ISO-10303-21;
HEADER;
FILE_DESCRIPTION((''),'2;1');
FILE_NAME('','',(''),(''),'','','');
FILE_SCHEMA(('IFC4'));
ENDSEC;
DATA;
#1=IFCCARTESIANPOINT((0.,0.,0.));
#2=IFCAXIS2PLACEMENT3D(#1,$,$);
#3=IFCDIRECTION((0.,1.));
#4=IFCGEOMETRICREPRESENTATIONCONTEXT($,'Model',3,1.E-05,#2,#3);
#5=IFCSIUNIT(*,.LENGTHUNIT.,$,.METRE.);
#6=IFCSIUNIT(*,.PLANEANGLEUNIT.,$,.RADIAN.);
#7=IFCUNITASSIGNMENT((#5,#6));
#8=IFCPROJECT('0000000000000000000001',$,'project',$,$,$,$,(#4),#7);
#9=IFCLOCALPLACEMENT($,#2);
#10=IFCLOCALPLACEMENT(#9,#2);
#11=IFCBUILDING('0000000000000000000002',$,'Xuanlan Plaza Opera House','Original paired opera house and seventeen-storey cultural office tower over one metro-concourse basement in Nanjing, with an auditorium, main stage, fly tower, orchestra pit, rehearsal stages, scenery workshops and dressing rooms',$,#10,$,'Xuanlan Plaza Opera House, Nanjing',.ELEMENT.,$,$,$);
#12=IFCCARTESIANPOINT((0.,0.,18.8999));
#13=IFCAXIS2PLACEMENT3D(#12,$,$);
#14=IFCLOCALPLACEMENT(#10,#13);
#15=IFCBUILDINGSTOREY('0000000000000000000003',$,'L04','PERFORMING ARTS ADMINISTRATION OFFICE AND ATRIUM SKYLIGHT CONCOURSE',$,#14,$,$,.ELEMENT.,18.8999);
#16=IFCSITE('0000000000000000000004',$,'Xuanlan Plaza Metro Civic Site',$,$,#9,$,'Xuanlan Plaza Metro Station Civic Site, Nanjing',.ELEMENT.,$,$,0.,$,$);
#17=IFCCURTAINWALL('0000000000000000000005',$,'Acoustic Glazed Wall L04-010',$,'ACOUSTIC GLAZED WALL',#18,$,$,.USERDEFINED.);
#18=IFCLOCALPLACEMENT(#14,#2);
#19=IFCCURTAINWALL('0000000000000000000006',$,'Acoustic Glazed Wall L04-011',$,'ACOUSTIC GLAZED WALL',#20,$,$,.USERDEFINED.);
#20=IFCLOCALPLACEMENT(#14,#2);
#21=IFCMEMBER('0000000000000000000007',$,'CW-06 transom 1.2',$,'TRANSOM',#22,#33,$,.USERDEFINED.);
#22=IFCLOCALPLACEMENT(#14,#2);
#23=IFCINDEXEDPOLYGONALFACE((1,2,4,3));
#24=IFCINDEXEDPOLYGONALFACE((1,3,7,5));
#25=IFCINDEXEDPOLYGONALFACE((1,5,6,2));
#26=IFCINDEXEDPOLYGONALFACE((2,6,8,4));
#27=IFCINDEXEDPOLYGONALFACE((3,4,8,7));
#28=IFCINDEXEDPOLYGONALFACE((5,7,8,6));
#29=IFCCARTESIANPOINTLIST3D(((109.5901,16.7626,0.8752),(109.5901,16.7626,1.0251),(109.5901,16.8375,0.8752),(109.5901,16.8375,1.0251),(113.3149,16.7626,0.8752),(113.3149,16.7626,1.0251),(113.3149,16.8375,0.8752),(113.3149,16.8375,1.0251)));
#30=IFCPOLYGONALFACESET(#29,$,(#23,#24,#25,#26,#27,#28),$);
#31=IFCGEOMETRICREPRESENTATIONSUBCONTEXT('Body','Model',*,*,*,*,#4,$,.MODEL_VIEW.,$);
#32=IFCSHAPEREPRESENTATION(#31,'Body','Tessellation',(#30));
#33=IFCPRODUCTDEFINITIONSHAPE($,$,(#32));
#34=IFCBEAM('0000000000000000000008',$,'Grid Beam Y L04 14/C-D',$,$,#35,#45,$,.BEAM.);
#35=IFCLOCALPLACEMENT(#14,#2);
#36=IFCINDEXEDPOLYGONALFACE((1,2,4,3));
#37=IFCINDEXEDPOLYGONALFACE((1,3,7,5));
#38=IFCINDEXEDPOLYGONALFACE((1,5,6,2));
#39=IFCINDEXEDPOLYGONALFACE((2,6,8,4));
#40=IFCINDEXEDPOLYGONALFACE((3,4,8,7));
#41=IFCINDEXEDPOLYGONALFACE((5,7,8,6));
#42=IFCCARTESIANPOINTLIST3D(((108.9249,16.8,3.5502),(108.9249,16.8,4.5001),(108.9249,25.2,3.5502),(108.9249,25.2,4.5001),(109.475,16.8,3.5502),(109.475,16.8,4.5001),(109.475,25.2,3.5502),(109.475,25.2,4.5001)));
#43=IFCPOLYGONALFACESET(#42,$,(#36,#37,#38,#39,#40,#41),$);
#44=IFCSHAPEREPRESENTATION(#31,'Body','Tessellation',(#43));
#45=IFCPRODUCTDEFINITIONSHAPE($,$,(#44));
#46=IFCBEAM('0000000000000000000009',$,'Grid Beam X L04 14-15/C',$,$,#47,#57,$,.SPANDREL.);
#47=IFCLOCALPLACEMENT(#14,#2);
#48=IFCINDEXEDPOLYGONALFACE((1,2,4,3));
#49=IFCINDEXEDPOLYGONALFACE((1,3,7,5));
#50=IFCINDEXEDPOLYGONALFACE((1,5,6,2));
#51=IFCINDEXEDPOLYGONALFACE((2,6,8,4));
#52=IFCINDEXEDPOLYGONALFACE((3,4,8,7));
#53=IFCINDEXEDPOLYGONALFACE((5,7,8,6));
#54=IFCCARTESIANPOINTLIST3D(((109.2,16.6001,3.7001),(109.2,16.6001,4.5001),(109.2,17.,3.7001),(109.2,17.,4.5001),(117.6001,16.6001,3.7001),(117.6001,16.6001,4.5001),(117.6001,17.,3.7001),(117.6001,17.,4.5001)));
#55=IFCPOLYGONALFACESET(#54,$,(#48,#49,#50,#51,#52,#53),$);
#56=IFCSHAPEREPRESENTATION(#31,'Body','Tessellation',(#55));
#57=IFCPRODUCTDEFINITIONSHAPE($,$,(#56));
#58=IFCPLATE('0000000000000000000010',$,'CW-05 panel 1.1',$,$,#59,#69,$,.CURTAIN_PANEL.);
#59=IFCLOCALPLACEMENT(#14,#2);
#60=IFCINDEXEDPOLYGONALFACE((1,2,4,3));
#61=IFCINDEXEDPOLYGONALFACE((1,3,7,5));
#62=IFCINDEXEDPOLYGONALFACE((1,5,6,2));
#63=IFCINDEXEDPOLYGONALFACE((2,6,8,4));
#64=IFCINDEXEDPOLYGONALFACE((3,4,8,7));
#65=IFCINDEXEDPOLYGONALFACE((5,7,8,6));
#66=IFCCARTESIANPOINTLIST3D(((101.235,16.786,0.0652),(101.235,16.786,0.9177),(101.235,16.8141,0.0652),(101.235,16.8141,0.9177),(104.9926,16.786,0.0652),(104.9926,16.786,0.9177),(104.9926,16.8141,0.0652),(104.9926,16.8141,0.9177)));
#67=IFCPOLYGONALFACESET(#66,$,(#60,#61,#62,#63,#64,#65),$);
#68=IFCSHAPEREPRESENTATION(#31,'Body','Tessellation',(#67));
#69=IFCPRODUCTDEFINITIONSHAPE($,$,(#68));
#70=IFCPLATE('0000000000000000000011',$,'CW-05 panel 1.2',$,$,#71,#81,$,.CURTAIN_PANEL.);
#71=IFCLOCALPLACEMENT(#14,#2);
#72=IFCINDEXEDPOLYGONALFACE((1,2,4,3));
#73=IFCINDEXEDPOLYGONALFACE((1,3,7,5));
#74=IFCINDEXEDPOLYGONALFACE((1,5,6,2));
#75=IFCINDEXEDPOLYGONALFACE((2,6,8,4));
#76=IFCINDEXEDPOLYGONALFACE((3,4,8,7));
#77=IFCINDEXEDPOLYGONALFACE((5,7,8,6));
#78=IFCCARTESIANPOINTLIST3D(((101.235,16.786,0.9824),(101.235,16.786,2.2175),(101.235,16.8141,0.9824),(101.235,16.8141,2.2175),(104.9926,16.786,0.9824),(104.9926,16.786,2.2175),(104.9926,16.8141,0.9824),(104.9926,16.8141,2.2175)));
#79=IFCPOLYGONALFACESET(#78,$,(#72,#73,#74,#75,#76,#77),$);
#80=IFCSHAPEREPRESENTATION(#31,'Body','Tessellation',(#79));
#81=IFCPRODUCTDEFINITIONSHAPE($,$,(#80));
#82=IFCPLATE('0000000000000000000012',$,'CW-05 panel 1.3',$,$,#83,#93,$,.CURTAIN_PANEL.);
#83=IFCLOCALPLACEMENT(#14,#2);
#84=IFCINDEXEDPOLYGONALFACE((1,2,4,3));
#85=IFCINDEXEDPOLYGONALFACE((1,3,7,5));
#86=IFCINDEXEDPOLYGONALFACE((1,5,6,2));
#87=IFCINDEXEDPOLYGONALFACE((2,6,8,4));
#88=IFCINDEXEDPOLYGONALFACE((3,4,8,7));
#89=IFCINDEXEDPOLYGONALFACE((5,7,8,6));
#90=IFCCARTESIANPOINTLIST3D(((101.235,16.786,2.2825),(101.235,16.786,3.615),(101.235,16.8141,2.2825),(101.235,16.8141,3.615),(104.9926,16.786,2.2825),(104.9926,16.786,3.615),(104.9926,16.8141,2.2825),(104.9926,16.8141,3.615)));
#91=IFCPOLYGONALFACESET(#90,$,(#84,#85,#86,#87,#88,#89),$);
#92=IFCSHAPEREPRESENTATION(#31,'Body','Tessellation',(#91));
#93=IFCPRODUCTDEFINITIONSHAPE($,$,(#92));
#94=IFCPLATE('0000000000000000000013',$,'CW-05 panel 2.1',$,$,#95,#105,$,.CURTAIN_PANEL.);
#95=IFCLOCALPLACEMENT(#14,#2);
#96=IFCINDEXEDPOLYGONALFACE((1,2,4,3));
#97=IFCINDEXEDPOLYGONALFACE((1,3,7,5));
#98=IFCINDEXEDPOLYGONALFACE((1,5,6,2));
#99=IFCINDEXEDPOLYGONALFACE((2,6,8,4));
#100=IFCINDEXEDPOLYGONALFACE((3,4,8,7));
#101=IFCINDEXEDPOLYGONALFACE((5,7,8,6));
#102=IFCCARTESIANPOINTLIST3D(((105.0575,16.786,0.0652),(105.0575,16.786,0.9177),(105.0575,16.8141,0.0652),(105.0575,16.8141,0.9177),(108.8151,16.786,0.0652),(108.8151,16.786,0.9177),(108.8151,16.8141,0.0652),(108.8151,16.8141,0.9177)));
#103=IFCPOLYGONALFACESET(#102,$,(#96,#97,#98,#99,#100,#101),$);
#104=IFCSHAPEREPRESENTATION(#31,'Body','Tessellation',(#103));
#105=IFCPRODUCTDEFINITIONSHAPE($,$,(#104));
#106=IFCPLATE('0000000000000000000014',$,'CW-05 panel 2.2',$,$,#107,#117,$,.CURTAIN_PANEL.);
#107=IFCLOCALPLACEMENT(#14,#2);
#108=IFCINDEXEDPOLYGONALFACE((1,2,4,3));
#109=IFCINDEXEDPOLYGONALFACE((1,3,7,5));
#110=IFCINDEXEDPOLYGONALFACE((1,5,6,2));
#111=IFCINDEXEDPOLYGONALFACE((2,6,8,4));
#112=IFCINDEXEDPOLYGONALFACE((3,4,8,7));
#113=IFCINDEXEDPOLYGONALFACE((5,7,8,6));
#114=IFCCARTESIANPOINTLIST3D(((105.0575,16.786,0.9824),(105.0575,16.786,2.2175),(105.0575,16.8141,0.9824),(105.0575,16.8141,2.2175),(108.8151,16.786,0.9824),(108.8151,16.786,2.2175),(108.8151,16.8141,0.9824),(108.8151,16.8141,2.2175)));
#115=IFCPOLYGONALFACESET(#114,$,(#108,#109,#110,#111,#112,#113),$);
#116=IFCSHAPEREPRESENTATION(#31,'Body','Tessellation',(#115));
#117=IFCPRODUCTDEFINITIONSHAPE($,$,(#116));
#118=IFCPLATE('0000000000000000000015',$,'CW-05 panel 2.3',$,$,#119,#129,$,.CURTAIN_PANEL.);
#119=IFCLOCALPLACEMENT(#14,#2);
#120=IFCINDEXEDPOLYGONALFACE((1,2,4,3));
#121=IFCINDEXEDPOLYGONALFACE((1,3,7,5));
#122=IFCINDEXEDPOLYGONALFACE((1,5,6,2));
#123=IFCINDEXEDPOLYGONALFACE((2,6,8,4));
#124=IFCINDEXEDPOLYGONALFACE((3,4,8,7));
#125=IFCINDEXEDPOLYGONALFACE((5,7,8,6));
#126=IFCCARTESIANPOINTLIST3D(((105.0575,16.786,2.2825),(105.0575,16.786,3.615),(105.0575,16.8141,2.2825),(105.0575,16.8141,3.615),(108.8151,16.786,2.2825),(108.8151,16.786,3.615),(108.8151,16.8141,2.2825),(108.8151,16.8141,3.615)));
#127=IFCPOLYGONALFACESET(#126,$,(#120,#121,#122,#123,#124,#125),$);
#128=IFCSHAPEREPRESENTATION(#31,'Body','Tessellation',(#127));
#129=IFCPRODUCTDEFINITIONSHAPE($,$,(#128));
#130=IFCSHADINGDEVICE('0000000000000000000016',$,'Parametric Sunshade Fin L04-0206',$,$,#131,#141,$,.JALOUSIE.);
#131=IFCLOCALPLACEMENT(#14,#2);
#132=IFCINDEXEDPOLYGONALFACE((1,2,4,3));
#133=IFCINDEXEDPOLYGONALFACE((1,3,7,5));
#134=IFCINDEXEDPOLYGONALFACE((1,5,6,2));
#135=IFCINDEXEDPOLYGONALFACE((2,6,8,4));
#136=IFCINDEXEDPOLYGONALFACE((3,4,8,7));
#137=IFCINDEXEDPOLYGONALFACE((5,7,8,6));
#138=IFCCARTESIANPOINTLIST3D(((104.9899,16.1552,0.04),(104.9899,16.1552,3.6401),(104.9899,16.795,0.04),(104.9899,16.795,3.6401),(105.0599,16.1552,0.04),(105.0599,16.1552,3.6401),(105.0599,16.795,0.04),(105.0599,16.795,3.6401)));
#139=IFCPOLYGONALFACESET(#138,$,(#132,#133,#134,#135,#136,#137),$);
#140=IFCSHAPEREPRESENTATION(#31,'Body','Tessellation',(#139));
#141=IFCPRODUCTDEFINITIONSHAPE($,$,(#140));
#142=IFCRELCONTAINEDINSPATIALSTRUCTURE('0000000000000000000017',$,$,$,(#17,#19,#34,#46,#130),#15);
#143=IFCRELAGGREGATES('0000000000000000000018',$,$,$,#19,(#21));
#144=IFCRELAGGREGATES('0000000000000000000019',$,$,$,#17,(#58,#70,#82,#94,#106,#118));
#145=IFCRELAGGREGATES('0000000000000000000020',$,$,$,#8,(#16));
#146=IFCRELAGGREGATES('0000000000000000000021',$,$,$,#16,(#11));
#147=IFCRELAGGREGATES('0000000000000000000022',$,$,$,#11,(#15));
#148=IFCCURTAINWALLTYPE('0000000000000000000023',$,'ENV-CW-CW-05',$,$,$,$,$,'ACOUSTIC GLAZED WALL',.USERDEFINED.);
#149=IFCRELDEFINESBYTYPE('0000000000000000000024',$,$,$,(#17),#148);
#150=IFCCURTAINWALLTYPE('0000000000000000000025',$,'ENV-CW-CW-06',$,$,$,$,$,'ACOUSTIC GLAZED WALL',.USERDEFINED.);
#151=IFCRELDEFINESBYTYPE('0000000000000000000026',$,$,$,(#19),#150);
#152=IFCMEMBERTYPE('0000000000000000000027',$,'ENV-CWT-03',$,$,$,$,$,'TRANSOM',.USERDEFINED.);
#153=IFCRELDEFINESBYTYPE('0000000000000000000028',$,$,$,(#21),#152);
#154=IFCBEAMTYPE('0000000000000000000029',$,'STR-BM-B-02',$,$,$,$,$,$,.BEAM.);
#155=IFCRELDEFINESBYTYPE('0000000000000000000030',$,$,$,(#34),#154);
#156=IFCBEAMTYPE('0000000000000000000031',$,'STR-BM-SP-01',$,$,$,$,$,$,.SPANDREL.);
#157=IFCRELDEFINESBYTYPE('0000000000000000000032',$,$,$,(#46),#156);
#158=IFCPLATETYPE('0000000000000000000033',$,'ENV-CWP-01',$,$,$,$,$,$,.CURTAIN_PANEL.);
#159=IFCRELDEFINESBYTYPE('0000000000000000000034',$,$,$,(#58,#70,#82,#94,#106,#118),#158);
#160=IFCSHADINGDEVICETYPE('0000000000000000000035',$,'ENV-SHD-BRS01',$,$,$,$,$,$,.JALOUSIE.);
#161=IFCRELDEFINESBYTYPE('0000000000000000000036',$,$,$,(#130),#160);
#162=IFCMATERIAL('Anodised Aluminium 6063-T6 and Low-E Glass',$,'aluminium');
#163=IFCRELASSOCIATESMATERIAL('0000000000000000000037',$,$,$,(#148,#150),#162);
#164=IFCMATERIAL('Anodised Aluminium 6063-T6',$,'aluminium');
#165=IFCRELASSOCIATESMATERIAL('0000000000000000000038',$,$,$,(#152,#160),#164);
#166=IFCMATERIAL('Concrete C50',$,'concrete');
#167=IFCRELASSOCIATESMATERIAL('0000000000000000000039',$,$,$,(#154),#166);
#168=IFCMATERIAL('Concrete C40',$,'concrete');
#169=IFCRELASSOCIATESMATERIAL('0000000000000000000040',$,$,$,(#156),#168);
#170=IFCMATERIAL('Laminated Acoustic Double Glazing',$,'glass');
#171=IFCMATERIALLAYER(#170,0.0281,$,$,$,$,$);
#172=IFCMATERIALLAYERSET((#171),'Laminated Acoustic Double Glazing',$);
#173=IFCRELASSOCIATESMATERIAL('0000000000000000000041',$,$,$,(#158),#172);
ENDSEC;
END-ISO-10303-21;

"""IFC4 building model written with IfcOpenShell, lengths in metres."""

from ifc_helpers import new_model, si_unit, direction, frame, origin, origin_2d, place, context, subcontext, project, spatial, rectangle, extrude, material, layer, layer_set, material_profile, profile_set, type_object, element, aggregate, save


model = new_model("IFC4")

# Units and contexts
model_context = context("Model", 3, precision=1e-05, world=origin(), true_north=direction((0.0, 1.0)))
body_context = subcontext(model_context, "Body", "Model", "MODEL_VIEW")
ifc_project = project(units=[si_unit("LENGTHUNIT", "METRE"), si_unit("PLANEANGLEUNIT", "RADIAN")], contexts=[model_context])

# Site, building, storey
site_placement = place(None, origin())
site = spatial("IfcSite", under=ifc_project, at=site_placement, Name="Xuanlan Plaza Metro Civic Site", LongName="Xuanlan Plaza Metro Station Civic Site, Nanjing", CompositionType="ELEMENT", RefElevation=0.0)
building_placement = place(site_placement, origin())
building = spatial("IfcBuilding", under=site, at=building_placement, Name="Xuanlan Plaza Opera House", Description="Original paired opera house and seventeen-storey cultural office tower over one metro-concourse basement in Nanjing, with an auditorium, main stage, fly tower, orchestra pit, rehearsal stages, scenery workshops and dressing rooms", LongName="Xuanlan Plaza Opera House, Nanjing", CompositionType="ELEMENT")
storey_placement = place(building_placement, frame((0.0, 0.0, 18.8999)))
storey = spatial("IfcBuildingStorey", under=building, at=storey_placement, Name="L04", Description="PERFORMING ARTS ADMINISTRATION OFFICE AND ATRIUM SKYLIGHT CONCOURSE", CompositionType="ELEMENT", Elevation=18.8999)

# Shared definitions
ifc_material_1 = material(Name="Concrete C40", Category="concrete")

# Curtain wall
ifc_material_2 = material(Name="Anodised Aluminium 6063-T6 and Low-E Glass", Category="aluminium")
curtain_wall_type_1 = type_object("IfcCurtainWallType", Name="ENV-CW-CW-05", ElementType="ACOUSTIC GLAZED WALL", PredefinedType="USERDEFINED", material=ifc_material_2)
curtain_wall_1_placement = place(storey_placement, origin())
curtain_wall_1 = element("IfcCurtainWall", 1, at=curtain_wall_1_placement, inside=storey, type_object=curtain_wall_type_1, Name="Acoustic Glazed Wall L04-010", ObjectType="ACOUSTIC GLAZED WALL", PredefinedType="USERDEFINED")
ifc_material_3 = material(Name="Anodised Aluminium 6063-T6", Category="aluminium")

# Curtain wall
curtain_wall_type_2 = type_object("IfcCurtainWallType", Name="ENV-CW-CW-06", ElementType="ACOUSTIC GLAZED WALL", PredefinedType="USERDEFINED", material=ifc_material_2)
curtain_wall_2_placement = place(storey_placement, origin())
curtain_wall_2 = element("IfcCurtainWall", 2, at=curtain_wall_2_placement, inside=storey, type_object=curtain_wall_type_2, Name="Acoustic Glazed Wall L04-011", ObjectType="ACOUSTIC GLAZED WALL", PredefinedType="USERDEFINED")

# Member
ifc_material_profile_1 = material_profile(ifc_material_3, rectangle(XDim=0.075, YDim=0.1499, at=origin_2d()), Name="ALU-T 75x150")
ifc_profile_set_1 = profile_set([ifc_material_profile_1], Name="Anodised Aluminium 6063-T6")
member_type_1 = type_object("IfcMemberType", Name="ENV-CWT-03", ElementType="TRANSOM", PredefinedType="USERDEFINED", material=ifc_profile_set_1)
member_1_placement = place(storey_placement, frame((109.5901, 16.8, 0.9502), z_axis=(1.0, 0.0, 0.0), x_axis=(0.0, 1.0, 0.0)))
member_1 = element("IfcMember", 3, at=member_1_placement, type_object=member_type_1, Name="CW-06 transom 1.2", ObjectType="TRANSOM", PredefinedType="USERDEFINED", context=body_context, shape_type="SweptSolid", body=[
    extrude(rectangle(XDim=0.075, YDim=0.1499, at=origin_2d()), origin(), (0.0, 0.0, 1.0), 3.7249),
])
aggregate(curtain_wall_2, [member_1])

# Beams
ifc_material_4 = material(Name="Concrete C50", Category="concrete")
ifc_material_profile_2 = material_profile(ifc_material_4, rectangle(XDim=0.55, YDim=0.95, at=origin_2d()), Name="RC-BM 550x950")
ifc_profile_set_2 = profile_set([ifc_material_profile_2], Name="Concrete C50")
beam_type_1 = type_object("IfcBeamType", Name="STR-BM-B-02", PredefinedType="BEAM", material=ifc_profile_set_2)
beam_1_placement = place(storey_placement, frame((109.2, 16.8, 4.0251), z_axis=(0.0, 1.0, 0.0), x_axis=(-1.0, 0.0, 0.0)))
element("IfcBeam", 4, at=beam_1_placement, inside=storey, type_object=beam_type_1, Name="Grid Beam Y L04 14/C-D", PredefinedType="BEAM", context=body_context, shape_type="SweptSolid", body=[
    extrude(rectangle(XDim=0.55, YDim=0.95, at=origin_2d()), origin(), (0.0, 0.0, 1.0), 8.3999),
])
ifc_material_profile_3 = material_profile(ifc_material_1, rectangle(XDim=0.3999, YDim=0.8, at=origin_2d()), Name="RC-SPD 400x800")
ifc_profile_set_3 = profile_set([ifc_material_profile_3], Name="Concrete C40")
beam_type_2 = type_object("IfcBeamType", Name="STR-BM-SP-01", PredefinedType="SPANDREL", material=ifc_profile_set_3)
beam_2_placement = place(storey_placement, frame((109.2, 16.8, 4.1001), z_axis=(1.0, 0.0, 0.0), x_axis=(0.0, 1.0, 0.0)))
element("IfcBeam", 5, at=beam_2_placement, inside=storey, type_object=beam_type_2, Name="Grid Beam X L04 14-15/C", PredefinedType="SPANDREL", context=body_context, shape_type="SweptSolid", body=[
    extrude(rectangle(XDim=0.3999, YDim=0.8, at=origin_2d()), origin(), (0.0, 0.0, 1.0), 8.4001),
])

# Plates
ifc_material_5 = material(Name="Laminated Acoustic Double Glazing", Category="glass")
ifc_layer = layer(ifc_material_5, 0.0281)
ifc_layer_set = layer_set([ifc_layer], Name="Laminated Acoustic Double Glazing")
plate_type = type_object("IfcPlateType", Name="ENV-CWP-01", PredefinedType="CURTAIN_PANEL", material=ifc_layer_set)
plate_1_placement = place(storey_placement, frame((103.1138, 16.8, 0.0652), z_axis=(0.0, 0.0, 1.0), x_axis=(1.0, 0.0, 0.0)))
plate_1 = element("IfcPlate", 6, at=plate_1_placement, type_object=plate_type, Name="CW-05 panel 1.1", PredefinedType="CURTAIN_PANEL", context=body_context, shape_type="SweptSolid", body=[
    extrude(rectangle(XDim=3.7576, YDim=0.0281, at=origin_2d()), origin(), (0.0, 0.0, 1.0), 0.8525),
])
plate_2_placement = place(storey_placement, frame((103.1138, 16.8, 0.9824), z_axis=(0.0, 0.0, 1.0), x_axis=(1.0, 0.0, 0.0)))
plate_2 = element("IfcPlate", 7, at=plate_2_placement, type_object=plate_type, Name="CW-05 panel 1.2", PredefinedType="CURTAIN_PANEL", context=body_context, shape_type="SweptSolid", body=[
    extrude(rectangle(XDim=3.7576, YDim=0.0281, at=origin_2d()), origin(), (0.0, 0.0, 1.0), 1.2351),
])
plate_3_placement = place(storey_placement, frame((103.1138, 16.8, 2.2825), z_axis=(0.0, 0.0, 1.0), x_axis=(1.0, 0.0, 0.0)))
plate_3 = element("IfcPlate", 8, at=plate_3_placement, type_object=plate_type, Name="CW-05 panel 1.3", PredefinedType="CURTAIN_PANEL", context=body_context, shape_type="SweptSolid", body=[
    extrude(rectangle(XDim=3.7576, YDim=0.0281, at=origin_2d()), origin(), (0.0, 0.0, 1.0), 1.3325),
])
plate_4_placement = place(storey_placement, frame((106.9363, 16.8, 0.0652), z_axis=(0.0, 0.0, 1.0), x_axis=(1.0, 0.0, 0.0)))
plate_4 = element("IfcPlate", 9, at=plate_4_placement, type_object=plate_type, Name="CW-05 panel 2.1", PredefinedType="CURTAIN_PANEL", context=body_context, shape_type="SweptSolid", body=[
    extrude(rectangle(XDim=3.7576, YDim=0.0281, at=origin_2d()), origin(), (0.0, 0.0, 1.0), 0.8525),
])
plate_5_placement = place(storey_placement, frame((106.9363, 16.8, 0.9824), z_axis=(0.0, 0.0, 1.0), x_axis=(1.0, 0.0, 0.0)))
plate_5 = element("IfcPlate", 10, at=plate_5_placement, type_object=plate_type, Name="CW-05 panel 2.2", PredefinedType="CURTAIN_PANEL", context=body_context, shape_type="SweptSolid", body=[
    extrude(rectangle(XDim=3.7576, YDim=0.0281, at=origin_2d()), origin(), (0.0, 0.0, 1.0), 1.2351),
])
plate_6_placement = place(storey_placement, frame((106.9363, 16.8, 2.2825), z_axis=(0.0, 0.0, 1.0), x_axis=(1.0, 0.0, 0.0)))
plate_6 = element("IfcPlate", 11, at=plate_6_placement, type_object=plate_type, Name="CW-05 panel 2.3", PredefinedType="CURTAIN_PANEL", context=body_context, shape_type="SweptSolid", body=[
    extrude(rectangle(XDim=3.7576, YDim=0.0281, at=origin_2d()), origin(), (0.0, 0.0, 1.0), 1.3325),
])
aggregate(curtain_wall_1, [plate_1, plate_2, plate_3, plate_4, plate_5, plate_6])

# Shading device
shading_device_type = type_object("IfcShadingDeviceType", Name="ENV-SHD-BRS01", PredefinedType="JALOUSIE", material=ifc_material_3)
shading_device_placement = place(storey_placement, frame((105.0249, 16.4751, 0.04), z_axis=(0.0, 0.0, 1.0), x_axis=(0.0, -1.0, 0.0)))
element("IfcShadingDevice", 12, at=shading_device_placement, inside=storey, type_object=shading_device_type, Name="Parametric Sunshade Fin L04-0206", PredefinedType="JALOUSIE", context=body_context, shape_type="SweptSolid", body=[
    extrude(rectangle(XDim=0.6399, YDim=0.0701, at=origin_2d()), origin(), (0.0, 0.0, 1.0), 3.6001),
])

save(model, "model.ifc")
